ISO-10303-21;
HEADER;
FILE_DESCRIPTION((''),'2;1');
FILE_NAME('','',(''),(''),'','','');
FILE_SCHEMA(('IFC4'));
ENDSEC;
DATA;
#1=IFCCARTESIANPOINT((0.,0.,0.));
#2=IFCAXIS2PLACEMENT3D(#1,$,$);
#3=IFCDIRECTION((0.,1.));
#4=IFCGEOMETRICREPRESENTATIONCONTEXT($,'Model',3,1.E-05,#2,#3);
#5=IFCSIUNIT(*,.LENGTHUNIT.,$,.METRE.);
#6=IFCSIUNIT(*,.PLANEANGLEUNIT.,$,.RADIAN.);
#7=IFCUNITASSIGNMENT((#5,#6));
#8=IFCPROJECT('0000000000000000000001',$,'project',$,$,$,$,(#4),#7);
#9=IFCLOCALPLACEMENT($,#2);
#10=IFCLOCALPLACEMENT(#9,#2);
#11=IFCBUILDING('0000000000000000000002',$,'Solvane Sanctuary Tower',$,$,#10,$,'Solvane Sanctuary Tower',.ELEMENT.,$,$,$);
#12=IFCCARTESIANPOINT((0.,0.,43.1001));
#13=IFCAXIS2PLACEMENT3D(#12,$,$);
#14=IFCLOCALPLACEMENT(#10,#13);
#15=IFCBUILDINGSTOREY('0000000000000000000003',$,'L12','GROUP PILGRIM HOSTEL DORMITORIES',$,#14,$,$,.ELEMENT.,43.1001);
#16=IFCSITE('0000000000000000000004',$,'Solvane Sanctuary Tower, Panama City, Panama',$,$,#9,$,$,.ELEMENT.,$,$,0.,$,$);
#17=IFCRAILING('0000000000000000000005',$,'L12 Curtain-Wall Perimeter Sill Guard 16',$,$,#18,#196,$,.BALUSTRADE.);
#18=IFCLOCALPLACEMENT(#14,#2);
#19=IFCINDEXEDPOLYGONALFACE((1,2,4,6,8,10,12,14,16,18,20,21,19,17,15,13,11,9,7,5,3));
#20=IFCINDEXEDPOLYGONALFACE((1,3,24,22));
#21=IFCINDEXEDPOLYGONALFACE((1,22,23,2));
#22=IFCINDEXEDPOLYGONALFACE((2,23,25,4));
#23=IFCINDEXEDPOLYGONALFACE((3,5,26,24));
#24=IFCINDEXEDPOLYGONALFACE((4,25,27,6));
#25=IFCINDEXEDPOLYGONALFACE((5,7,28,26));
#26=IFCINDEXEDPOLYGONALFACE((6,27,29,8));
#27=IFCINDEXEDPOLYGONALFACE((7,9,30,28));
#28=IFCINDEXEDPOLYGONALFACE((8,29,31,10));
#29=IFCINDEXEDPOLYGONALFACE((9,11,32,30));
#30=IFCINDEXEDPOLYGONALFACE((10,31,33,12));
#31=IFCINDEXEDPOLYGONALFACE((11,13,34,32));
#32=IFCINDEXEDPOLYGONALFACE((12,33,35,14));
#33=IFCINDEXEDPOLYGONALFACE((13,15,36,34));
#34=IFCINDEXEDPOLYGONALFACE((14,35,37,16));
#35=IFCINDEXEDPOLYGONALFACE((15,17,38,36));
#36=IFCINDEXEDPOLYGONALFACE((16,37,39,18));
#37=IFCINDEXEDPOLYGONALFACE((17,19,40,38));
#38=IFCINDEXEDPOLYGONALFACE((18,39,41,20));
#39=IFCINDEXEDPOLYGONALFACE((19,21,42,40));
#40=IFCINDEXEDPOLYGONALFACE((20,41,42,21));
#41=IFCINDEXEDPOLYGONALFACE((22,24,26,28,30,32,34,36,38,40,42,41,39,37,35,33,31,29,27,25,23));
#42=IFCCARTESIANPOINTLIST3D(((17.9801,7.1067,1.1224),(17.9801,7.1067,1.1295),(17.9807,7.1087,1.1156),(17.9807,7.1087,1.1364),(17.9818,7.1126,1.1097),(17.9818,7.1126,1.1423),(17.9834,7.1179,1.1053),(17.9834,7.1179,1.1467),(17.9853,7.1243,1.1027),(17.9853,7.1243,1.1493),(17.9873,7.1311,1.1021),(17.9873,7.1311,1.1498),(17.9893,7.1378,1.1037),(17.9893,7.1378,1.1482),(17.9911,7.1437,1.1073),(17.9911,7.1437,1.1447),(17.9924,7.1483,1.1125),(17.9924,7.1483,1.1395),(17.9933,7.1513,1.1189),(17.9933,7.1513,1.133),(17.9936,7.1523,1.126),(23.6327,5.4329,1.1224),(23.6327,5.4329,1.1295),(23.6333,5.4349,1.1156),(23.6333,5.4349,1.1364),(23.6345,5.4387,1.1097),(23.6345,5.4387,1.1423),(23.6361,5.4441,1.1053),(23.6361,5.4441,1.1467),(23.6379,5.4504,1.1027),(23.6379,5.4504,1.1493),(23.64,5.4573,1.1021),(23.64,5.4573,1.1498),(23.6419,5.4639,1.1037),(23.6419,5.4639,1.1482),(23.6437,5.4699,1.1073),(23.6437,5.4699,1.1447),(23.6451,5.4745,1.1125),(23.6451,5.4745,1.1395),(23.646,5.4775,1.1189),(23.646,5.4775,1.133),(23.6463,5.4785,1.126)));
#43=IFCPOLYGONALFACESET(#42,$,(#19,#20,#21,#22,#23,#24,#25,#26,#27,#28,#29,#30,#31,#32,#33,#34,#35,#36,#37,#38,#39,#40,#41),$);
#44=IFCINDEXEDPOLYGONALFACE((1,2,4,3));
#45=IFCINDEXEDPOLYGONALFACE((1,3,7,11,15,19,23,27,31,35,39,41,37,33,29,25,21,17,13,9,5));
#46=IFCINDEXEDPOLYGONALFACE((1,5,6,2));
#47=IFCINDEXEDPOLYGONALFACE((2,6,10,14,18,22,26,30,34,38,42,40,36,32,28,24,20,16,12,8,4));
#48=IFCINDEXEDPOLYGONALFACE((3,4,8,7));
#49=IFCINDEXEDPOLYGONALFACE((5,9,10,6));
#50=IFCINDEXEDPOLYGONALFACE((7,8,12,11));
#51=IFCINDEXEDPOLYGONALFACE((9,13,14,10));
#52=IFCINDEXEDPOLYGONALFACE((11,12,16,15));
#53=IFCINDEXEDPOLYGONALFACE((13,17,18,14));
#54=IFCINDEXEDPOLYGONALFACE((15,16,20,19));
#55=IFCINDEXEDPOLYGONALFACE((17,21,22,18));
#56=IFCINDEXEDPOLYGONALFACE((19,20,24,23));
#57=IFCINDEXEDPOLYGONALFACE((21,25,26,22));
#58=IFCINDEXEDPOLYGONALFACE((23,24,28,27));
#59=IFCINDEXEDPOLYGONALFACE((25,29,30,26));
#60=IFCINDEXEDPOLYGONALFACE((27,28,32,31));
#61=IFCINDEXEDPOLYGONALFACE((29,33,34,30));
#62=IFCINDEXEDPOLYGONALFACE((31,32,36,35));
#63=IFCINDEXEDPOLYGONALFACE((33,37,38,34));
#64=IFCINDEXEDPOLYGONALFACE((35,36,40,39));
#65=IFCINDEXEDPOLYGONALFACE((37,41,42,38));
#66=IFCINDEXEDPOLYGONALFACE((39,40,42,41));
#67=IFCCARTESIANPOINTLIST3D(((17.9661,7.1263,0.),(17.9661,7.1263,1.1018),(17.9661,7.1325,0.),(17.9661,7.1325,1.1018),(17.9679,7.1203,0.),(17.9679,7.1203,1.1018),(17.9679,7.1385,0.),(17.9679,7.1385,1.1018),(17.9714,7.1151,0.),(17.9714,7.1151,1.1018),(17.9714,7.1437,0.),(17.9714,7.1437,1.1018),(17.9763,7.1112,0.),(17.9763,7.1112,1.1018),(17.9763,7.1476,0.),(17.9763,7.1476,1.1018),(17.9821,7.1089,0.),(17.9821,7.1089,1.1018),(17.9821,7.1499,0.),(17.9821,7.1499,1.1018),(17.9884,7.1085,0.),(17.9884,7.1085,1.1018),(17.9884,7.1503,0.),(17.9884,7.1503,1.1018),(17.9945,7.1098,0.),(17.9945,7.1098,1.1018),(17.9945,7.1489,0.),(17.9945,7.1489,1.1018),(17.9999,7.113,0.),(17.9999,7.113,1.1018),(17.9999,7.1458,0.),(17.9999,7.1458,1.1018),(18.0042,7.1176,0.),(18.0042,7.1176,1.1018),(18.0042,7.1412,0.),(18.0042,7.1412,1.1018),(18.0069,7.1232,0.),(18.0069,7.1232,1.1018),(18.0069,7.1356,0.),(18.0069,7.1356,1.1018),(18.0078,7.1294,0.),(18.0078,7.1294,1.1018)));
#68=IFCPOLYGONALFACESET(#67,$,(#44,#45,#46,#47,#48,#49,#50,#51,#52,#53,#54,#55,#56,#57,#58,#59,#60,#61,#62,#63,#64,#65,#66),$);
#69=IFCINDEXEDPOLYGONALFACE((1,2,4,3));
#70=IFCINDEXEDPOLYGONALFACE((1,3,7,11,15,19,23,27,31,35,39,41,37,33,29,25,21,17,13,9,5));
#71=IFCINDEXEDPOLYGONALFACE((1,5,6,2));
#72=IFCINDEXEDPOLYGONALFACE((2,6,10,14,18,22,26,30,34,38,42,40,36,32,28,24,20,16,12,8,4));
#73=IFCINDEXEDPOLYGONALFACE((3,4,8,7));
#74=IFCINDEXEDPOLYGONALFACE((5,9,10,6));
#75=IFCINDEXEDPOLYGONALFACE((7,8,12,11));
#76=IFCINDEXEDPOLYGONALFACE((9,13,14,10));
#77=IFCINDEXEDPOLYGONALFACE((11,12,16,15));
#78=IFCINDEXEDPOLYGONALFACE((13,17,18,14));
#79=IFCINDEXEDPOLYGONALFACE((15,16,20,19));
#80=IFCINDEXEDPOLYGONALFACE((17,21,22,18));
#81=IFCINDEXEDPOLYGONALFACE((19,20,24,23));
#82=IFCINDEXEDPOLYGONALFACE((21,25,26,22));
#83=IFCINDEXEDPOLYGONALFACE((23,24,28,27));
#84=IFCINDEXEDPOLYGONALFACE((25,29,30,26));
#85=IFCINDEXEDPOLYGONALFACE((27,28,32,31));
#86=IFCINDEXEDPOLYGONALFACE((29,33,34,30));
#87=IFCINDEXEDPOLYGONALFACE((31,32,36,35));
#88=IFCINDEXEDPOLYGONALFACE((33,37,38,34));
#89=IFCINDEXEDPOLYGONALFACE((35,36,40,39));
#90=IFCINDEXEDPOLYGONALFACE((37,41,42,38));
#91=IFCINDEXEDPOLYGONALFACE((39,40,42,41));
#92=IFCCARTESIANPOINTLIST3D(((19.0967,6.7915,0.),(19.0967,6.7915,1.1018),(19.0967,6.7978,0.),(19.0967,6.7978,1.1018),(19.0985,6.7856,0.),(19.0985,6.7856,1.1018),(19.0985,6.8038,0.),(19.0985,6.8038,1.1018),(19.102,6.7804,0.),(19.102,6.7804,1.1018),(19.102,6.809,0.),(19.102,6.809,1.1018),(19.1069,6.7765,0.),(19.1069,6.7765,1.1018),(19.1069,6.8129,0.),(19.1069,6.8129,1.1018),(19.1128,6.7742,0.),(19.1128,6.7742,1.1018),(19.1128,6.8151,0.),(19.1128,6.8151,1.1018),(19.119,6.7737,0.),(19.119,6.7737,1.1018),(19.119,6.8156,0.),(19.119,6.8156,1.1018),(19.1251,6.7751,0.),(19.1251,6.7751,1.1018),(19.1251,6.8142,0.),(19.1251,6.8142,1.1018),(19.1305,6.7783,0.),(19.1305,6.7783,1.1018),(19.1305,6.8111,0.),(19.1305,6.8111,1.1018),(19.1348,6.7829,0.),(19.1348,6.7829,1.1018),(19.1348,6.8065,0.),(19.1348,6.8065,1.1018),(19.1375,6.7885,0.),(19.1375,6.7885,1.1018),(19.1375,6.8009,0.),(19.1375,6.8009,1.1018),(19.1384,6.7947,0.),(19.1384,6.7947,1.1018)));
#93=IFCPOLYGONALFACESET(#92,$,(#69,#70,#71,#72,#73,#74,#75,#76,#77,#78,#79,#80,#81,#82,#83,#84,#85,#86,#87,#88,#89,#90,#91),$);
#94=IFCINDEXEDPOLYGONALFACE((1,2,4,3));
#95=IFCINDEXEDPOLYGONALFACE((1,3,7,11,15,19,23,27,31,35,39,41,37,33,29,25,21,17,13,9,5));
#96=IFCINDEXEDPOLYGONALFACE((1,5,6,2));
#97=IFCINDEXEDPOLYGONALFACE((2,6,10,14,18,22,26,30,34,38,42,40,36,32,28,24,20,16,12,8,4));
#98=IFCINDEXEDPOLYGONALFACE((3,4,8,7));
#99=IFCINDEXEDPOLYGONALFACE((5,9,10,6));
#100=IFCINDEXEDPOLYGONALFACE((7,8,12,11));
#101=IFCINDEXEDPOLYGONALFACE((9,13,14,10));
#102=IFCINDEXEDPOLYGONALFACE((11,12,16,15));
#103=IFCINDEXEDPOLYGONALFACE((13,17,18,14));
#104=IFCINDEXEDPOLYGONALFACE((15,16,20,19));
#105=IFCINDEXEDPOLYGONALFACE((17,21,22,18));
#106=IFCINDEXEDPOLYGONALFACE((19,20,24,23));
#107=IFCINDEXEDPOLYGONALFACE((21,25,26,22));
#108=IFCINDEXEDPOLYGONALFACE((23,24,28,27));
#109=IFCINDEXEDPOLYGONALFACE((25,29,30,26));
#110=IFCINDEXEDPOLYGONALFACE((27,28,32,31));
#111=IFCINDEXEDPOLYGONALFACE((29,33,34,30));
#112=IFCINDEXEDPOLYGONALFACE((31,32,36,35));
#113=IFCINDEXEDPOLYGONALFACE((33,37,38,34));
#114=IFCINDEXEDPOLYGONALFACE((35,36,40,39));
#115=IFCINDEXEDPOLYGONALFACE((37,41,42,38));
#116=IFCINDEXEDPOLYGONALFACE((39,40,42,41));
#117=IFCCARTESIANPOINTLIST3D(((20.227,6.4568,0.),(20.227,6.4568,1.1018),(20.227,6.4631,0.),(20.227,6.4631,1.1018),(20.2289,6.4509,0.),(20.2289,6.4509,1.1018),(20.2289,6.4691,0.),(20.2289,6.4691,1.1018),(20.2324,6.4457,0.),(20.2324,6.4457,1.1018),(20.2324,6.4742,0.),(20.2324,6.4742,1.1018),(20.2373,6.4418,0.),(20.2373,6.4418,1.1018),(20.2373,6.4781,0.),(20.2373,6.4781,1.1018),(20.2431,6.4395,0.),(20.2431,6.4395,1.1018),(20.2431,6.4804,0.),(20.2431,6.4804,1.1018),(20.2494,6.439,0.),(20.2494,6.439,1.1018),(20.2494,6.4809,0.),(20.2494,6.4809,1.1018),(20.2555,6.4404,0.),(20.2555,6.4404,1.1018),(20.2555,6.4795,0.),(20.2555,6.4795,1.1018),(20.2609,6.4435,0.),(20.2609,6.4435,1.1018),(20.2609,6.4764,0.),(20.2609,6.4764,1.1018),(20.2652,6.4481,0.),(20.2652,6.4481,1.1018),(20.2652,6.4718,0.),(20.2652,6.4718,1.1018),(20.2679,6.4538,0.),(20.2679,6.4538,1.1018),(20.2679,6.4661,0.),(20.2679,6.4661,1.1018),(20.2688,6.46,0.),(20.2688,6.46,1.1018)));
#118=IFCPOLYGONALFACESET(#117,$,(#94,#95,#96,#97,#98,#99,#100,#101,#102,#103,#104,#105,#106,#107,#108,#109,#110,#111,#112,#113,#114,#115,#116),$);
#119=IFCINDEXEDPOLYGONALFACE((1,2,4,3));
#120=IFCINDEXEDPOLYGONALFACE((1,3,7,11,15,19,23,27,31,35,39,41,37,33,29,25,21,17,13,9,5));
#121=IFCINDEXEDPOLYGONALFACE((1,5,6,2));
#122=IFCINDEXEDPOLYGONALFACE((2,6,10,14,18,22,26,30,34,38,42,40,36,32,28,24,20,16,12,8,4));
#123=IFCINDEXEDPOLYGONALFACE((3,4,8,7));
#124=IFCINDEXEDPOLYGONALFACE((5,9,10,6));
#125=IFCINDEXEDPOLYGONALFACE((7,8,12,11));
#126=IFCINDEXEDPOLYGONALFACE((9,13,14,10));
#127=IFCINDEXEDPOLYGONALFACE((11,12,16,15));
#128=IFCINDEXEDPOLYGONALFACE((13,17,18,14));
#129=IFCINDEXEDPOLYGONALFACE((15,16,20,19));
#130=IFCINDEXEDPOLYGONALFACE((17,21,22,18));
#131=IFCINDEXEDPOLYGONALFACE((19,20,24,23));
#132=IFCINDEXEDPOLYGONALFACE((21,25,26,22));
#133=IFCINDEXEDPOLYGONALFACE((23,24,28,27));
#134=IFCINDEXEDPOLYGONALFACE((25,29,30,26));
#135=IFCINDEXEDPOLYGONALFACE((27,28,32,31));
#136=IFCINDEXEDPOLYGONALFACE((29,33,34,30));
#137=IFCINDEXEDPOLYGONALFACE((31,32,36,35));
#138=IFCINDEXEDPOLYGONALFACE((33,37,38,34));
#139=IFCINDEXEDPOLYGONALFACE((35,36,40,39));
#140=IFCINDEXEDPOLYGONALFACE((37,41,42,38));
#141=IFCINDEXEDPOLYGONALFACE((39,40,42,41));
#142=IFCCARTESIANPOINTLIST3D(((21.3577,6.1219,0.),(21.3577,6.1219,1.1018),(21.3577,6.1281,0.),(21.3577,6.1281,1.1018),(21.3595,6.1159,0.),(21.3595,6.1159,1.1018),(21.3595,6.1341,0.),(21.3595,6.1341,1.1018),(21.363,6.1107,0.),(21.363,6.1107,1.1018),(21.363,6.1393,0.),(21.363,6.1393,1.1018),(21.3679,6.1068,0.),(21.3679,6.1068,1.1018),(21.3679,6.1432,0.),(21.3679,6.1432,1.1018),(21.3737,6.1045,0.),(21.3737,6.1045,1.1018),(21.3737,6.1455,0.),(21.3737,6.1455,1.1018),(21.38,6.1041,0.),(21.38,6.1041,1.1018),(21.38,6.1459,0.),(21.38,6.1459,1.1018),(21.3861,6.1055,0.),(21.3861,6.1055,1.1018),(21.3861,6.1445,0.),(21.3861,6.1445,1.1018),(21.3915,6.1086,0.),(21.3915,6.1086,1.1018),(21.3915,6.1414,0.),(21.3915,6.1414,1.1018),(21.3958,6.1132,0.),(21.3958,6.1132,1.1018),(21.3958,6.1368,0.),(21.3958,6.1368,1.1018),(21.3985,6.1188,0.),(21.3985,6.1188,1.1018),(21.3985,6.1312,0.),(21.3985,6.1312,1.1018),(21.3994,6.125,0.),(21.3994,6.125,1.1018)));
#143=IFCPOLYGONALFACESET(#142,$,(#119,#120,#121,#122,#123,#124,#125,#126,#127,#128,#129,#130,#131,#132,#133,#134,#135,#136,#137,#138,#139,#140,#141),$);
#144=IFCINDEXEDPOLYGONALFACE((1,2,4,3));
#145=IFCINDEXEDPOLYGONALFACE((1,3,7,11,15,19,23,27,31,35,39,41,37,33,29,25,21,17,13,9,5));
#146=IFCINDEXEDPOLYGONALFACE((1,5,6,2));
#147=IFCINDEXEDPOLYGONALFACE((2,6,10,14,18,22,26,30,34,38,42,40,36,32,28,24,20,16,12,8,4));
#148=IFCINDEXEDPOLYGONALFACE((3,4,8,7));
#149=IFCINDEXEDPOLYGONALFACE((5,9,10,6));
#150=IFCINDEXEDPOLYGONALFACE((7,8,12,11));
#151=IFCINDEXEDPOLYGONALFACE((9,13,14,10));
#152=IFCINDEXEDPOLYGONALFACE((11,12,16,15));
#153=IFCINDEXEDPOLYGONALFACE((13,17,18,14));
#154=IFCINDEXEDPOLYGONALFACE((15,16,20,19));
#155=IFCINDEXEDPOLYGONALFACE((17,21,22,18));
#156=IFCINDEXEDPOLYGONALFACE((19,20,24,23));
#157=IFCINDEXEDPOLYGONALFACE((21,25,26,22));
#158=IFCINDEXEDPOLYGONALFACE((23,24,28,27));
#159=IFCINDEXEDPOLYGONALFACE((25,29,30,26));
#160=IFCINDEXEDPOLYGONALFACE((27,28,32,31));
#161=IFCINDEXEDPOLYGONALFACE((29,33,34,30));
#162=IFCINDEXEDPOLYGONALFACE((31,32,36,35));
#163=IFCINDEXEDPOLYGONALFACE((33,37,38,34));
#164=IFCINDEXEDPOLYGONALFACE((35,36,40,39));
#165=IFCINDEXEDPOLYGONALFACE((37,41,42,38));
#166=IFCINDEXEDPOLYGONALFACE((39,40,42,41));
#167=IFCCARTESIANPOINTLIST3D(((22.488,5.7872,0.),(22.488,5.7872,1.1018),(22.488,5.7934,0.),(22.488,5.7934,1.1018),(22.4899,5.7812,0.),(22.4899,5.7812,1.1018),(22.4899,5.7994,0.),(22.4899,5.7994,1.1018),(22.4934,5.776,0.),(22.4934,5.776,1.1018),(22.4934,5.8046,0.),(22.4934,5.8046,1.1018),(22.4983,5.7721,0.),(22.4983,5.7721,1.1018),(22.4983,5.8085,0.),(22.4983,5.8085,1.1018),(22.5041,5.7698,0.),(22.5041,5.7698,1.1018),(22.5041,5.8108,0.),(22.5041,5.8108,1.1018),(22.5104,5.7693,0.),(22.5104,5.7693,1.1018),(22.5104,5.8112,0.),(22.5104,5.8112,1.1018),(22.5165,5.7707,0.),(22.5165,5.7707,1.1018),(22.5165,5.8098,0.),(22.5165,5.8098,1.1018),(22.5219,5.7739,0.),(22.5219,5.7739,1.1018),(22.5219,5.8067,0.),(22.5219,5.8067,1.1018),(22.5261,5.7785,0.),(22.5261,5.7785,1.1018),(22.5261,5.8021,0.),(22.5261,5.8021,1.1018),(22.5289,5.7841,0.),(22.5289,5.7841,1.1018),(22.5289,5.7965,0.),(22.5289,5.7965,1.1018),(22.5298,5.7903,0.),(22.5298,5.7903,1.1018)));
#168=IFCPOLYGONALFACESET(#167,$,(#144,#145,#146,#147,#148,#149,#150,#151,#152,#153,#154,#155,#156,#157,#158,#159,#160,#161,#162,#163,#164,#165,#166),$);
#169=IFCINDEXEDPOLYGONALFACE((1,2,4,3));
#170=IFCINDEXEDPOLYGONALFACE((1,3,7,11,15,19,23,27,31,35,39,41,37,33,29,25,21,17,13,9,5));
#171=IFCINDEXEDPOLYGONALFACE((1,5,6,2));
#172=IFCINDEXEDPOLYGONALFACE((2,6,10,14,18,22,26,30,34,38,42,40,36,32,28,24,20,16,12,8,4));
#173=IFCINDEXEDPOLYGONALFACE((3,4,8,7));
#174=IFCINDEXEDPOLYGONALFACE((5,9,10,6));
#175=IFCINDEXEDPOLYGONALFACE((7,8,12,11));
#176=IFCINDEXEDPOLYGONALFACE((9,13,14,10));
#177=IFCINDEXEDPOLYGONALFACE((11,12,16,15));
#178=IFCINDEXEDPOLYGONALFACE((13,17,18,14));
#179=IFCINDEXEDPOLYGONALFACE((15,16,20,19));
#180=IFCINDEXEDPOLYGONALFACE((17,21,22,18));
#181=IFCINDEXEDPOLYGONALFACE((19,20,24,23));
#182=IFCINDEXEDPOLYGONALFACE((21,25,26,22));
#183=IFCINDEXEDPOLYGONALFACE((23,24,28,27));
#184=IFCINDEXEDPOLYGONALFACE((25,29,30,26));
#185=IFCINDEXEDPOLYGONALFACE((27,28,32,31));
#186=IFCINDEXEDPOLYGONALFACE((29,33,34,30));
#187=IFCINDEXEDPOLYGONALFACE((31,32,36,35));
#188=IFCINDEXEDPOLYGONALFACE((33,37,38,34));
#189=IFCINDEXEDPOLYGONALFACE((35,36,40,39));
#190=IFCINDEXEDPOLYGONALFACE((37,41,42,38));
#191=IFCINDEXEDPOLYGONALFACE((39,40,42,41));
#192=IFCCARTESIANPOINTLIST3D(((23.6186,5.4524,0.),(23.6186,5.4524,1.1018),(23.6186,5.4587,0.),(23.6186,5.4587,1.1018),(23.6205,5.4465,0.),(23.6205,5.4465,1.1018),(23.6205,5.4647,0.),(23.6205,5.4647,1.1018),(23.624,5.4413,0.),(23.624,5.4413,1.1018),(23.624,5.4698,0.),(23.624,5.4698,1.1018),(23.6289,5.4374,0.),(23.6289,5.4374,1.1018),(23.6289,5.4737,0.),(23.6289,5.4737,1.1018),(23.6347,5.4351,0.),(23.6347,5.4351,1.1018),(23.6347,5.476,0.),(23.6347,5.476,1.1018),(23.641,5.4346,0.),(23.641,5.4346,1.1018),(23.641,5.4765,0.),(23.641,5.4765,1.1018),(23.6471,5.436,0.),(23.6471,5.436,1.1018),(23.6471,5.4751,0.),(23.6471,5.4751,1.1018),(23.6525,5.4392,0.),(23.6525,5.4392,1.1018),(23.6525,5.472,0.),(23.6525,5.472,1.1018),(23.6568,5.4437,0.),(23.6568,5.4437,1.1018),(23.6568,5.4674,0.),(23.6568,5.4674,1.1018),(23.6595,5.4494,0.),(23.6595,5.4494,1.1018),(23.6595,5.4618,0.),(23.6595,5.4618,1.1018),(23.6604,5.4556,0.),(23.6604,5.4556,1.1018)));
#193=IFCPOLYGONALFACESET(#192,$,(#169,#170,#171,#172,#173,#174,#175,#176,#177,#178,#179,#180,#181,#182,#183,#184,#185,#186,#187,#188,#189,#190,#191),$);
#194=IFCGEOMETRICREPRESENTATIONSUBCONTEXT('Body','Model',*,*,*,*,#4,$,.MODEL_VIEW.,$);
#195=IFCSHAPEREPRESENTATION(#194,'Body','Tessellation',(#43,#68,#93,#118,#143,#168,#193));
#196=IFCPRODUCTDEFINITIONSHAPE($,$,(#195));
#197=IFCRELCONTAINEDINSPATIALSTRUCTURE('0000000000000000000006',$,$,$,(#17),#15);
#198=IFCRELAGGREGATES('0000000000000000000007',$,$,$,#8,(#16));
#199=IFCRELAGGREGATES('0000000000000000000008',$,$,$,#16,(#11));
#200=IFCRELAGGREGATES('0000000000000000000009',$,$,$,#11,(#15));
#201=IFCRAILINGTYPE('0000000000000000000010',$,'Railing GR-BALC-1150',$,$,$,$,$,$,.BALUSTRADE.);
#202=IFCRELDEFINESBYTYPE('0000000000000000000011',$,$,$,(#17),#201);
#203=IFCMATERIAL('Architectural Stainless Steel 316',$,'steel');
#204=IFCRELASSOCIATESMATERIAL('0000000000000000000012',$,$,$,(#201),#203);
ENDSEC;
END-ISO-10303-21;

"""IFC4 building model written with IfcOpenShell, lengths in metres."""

from ifc_helpers import new_model, si_unit, direction, frame, origin, origin_2d, place, context, subcontext, project, spatial, circle, extrude, material, type_object, element, save


model = new_model("IFC4")

# Units and contexts
model_context = context("Model", 3, precision=1e-05, world=origin(), true_north=direction((0.0, 1.0)))
body_context = subcontext(model_context, "Body", "Model", "MODEL_VIEW")
ifc_project = project(units=[si_unit("LENGTHUNIT", "METRE"), si_unit("PLANEANGLEUNIT", "RADIAN")], contexts=[model_context])

# Site, building, storey
site_placement = place(None, origin())
site = spatial("IfcSite", under=ifc_project, at=site_placement, Name="Solvane Sanctuary Tower, Panama City, Panama", CompositionType="ELEMENT", RefElevation=0.0)
building_placement = place(site_placement, origin())
building = spatial("IfcBuilding", under=site, at=building_placement, Name="Solvane Sanctuary Tower", LongName="Solvane Sanctuary Tower", CompositionType="ELEMENT")
storey_placement = place(building_placement, frame((0.0, 0.0, 43.1001)))
storey = spatial("IfcBuildingStorey", under=building, at=storey_placement, Name="L12", Description="GROUP PILGRIM HOSTEL DORMITORIES", CompositionType="ELEMENT", Elevation=43.1001)

# Railing
ifc_material_1 = material(Name="Architectural Stainless Steel 316", Category="steel")
railing_type = type_object("IfcRailingType", Name="Railing GR-BALC-1150", PredefinedType="BALUSTRADE", material=ifc_material_1)
railing_placement = place(storey_placement, frame((17.9868, 7.1294, 0.0)))
element("IfcRailing", 1, at=railing_placement, inside=storey, type_object=railing_type, Name="L12 Curtain-Wall Perimeter Sill Guard 16", PredefinedType="BALUSTRADE", context=body_context, shape_type="SweptSolid", body=[
    extrude(circle(Radius=0.0239, at=origin_2d()), frame((0.0, 0.0, 1.126), z_axis=(0.958845, -0.28393, 0.0), x_axis=(0.28393, 0.958845, 0.0)), (0.0, 0.0, 1.0), 5.8953),
    extrude(circle(Radius=0.021, at=origin_2d()), origin(), (0.0, 0.0, 1.0), 1.1018),
    extrude(circle(Radius=0.021, at=origin_2d()), frame((1.1306, -0.3347, 0.0)), (0.0, 0.0, 1.0), 1.1018),
    extrude(circle(Radius=0.021, at=origin_2d()), frame((2.261, -0.6694, 0.0)), (0.0, 0.0, 1.0), 1.1018),
    extrude(circle(Radius=0.021, at=origin_2d()), frame((3.3916, -1.0044, 0.0)), (0.0, 0.0, 1.0), 1.1018),
    extrude(circle(Radius=0.021, at=origin_2d()), frame((4.522, -1.3391, 0.0)), (0.0, 0.0, 1.0), 1.1018),
    extrude(circle(Radius=0.021, at=origin_2d()), frame((5.6526, -1.6738, 0.0)), (0.0, 0.0, 1.0), 1.1018),
])

save(model, "model.ifc")
